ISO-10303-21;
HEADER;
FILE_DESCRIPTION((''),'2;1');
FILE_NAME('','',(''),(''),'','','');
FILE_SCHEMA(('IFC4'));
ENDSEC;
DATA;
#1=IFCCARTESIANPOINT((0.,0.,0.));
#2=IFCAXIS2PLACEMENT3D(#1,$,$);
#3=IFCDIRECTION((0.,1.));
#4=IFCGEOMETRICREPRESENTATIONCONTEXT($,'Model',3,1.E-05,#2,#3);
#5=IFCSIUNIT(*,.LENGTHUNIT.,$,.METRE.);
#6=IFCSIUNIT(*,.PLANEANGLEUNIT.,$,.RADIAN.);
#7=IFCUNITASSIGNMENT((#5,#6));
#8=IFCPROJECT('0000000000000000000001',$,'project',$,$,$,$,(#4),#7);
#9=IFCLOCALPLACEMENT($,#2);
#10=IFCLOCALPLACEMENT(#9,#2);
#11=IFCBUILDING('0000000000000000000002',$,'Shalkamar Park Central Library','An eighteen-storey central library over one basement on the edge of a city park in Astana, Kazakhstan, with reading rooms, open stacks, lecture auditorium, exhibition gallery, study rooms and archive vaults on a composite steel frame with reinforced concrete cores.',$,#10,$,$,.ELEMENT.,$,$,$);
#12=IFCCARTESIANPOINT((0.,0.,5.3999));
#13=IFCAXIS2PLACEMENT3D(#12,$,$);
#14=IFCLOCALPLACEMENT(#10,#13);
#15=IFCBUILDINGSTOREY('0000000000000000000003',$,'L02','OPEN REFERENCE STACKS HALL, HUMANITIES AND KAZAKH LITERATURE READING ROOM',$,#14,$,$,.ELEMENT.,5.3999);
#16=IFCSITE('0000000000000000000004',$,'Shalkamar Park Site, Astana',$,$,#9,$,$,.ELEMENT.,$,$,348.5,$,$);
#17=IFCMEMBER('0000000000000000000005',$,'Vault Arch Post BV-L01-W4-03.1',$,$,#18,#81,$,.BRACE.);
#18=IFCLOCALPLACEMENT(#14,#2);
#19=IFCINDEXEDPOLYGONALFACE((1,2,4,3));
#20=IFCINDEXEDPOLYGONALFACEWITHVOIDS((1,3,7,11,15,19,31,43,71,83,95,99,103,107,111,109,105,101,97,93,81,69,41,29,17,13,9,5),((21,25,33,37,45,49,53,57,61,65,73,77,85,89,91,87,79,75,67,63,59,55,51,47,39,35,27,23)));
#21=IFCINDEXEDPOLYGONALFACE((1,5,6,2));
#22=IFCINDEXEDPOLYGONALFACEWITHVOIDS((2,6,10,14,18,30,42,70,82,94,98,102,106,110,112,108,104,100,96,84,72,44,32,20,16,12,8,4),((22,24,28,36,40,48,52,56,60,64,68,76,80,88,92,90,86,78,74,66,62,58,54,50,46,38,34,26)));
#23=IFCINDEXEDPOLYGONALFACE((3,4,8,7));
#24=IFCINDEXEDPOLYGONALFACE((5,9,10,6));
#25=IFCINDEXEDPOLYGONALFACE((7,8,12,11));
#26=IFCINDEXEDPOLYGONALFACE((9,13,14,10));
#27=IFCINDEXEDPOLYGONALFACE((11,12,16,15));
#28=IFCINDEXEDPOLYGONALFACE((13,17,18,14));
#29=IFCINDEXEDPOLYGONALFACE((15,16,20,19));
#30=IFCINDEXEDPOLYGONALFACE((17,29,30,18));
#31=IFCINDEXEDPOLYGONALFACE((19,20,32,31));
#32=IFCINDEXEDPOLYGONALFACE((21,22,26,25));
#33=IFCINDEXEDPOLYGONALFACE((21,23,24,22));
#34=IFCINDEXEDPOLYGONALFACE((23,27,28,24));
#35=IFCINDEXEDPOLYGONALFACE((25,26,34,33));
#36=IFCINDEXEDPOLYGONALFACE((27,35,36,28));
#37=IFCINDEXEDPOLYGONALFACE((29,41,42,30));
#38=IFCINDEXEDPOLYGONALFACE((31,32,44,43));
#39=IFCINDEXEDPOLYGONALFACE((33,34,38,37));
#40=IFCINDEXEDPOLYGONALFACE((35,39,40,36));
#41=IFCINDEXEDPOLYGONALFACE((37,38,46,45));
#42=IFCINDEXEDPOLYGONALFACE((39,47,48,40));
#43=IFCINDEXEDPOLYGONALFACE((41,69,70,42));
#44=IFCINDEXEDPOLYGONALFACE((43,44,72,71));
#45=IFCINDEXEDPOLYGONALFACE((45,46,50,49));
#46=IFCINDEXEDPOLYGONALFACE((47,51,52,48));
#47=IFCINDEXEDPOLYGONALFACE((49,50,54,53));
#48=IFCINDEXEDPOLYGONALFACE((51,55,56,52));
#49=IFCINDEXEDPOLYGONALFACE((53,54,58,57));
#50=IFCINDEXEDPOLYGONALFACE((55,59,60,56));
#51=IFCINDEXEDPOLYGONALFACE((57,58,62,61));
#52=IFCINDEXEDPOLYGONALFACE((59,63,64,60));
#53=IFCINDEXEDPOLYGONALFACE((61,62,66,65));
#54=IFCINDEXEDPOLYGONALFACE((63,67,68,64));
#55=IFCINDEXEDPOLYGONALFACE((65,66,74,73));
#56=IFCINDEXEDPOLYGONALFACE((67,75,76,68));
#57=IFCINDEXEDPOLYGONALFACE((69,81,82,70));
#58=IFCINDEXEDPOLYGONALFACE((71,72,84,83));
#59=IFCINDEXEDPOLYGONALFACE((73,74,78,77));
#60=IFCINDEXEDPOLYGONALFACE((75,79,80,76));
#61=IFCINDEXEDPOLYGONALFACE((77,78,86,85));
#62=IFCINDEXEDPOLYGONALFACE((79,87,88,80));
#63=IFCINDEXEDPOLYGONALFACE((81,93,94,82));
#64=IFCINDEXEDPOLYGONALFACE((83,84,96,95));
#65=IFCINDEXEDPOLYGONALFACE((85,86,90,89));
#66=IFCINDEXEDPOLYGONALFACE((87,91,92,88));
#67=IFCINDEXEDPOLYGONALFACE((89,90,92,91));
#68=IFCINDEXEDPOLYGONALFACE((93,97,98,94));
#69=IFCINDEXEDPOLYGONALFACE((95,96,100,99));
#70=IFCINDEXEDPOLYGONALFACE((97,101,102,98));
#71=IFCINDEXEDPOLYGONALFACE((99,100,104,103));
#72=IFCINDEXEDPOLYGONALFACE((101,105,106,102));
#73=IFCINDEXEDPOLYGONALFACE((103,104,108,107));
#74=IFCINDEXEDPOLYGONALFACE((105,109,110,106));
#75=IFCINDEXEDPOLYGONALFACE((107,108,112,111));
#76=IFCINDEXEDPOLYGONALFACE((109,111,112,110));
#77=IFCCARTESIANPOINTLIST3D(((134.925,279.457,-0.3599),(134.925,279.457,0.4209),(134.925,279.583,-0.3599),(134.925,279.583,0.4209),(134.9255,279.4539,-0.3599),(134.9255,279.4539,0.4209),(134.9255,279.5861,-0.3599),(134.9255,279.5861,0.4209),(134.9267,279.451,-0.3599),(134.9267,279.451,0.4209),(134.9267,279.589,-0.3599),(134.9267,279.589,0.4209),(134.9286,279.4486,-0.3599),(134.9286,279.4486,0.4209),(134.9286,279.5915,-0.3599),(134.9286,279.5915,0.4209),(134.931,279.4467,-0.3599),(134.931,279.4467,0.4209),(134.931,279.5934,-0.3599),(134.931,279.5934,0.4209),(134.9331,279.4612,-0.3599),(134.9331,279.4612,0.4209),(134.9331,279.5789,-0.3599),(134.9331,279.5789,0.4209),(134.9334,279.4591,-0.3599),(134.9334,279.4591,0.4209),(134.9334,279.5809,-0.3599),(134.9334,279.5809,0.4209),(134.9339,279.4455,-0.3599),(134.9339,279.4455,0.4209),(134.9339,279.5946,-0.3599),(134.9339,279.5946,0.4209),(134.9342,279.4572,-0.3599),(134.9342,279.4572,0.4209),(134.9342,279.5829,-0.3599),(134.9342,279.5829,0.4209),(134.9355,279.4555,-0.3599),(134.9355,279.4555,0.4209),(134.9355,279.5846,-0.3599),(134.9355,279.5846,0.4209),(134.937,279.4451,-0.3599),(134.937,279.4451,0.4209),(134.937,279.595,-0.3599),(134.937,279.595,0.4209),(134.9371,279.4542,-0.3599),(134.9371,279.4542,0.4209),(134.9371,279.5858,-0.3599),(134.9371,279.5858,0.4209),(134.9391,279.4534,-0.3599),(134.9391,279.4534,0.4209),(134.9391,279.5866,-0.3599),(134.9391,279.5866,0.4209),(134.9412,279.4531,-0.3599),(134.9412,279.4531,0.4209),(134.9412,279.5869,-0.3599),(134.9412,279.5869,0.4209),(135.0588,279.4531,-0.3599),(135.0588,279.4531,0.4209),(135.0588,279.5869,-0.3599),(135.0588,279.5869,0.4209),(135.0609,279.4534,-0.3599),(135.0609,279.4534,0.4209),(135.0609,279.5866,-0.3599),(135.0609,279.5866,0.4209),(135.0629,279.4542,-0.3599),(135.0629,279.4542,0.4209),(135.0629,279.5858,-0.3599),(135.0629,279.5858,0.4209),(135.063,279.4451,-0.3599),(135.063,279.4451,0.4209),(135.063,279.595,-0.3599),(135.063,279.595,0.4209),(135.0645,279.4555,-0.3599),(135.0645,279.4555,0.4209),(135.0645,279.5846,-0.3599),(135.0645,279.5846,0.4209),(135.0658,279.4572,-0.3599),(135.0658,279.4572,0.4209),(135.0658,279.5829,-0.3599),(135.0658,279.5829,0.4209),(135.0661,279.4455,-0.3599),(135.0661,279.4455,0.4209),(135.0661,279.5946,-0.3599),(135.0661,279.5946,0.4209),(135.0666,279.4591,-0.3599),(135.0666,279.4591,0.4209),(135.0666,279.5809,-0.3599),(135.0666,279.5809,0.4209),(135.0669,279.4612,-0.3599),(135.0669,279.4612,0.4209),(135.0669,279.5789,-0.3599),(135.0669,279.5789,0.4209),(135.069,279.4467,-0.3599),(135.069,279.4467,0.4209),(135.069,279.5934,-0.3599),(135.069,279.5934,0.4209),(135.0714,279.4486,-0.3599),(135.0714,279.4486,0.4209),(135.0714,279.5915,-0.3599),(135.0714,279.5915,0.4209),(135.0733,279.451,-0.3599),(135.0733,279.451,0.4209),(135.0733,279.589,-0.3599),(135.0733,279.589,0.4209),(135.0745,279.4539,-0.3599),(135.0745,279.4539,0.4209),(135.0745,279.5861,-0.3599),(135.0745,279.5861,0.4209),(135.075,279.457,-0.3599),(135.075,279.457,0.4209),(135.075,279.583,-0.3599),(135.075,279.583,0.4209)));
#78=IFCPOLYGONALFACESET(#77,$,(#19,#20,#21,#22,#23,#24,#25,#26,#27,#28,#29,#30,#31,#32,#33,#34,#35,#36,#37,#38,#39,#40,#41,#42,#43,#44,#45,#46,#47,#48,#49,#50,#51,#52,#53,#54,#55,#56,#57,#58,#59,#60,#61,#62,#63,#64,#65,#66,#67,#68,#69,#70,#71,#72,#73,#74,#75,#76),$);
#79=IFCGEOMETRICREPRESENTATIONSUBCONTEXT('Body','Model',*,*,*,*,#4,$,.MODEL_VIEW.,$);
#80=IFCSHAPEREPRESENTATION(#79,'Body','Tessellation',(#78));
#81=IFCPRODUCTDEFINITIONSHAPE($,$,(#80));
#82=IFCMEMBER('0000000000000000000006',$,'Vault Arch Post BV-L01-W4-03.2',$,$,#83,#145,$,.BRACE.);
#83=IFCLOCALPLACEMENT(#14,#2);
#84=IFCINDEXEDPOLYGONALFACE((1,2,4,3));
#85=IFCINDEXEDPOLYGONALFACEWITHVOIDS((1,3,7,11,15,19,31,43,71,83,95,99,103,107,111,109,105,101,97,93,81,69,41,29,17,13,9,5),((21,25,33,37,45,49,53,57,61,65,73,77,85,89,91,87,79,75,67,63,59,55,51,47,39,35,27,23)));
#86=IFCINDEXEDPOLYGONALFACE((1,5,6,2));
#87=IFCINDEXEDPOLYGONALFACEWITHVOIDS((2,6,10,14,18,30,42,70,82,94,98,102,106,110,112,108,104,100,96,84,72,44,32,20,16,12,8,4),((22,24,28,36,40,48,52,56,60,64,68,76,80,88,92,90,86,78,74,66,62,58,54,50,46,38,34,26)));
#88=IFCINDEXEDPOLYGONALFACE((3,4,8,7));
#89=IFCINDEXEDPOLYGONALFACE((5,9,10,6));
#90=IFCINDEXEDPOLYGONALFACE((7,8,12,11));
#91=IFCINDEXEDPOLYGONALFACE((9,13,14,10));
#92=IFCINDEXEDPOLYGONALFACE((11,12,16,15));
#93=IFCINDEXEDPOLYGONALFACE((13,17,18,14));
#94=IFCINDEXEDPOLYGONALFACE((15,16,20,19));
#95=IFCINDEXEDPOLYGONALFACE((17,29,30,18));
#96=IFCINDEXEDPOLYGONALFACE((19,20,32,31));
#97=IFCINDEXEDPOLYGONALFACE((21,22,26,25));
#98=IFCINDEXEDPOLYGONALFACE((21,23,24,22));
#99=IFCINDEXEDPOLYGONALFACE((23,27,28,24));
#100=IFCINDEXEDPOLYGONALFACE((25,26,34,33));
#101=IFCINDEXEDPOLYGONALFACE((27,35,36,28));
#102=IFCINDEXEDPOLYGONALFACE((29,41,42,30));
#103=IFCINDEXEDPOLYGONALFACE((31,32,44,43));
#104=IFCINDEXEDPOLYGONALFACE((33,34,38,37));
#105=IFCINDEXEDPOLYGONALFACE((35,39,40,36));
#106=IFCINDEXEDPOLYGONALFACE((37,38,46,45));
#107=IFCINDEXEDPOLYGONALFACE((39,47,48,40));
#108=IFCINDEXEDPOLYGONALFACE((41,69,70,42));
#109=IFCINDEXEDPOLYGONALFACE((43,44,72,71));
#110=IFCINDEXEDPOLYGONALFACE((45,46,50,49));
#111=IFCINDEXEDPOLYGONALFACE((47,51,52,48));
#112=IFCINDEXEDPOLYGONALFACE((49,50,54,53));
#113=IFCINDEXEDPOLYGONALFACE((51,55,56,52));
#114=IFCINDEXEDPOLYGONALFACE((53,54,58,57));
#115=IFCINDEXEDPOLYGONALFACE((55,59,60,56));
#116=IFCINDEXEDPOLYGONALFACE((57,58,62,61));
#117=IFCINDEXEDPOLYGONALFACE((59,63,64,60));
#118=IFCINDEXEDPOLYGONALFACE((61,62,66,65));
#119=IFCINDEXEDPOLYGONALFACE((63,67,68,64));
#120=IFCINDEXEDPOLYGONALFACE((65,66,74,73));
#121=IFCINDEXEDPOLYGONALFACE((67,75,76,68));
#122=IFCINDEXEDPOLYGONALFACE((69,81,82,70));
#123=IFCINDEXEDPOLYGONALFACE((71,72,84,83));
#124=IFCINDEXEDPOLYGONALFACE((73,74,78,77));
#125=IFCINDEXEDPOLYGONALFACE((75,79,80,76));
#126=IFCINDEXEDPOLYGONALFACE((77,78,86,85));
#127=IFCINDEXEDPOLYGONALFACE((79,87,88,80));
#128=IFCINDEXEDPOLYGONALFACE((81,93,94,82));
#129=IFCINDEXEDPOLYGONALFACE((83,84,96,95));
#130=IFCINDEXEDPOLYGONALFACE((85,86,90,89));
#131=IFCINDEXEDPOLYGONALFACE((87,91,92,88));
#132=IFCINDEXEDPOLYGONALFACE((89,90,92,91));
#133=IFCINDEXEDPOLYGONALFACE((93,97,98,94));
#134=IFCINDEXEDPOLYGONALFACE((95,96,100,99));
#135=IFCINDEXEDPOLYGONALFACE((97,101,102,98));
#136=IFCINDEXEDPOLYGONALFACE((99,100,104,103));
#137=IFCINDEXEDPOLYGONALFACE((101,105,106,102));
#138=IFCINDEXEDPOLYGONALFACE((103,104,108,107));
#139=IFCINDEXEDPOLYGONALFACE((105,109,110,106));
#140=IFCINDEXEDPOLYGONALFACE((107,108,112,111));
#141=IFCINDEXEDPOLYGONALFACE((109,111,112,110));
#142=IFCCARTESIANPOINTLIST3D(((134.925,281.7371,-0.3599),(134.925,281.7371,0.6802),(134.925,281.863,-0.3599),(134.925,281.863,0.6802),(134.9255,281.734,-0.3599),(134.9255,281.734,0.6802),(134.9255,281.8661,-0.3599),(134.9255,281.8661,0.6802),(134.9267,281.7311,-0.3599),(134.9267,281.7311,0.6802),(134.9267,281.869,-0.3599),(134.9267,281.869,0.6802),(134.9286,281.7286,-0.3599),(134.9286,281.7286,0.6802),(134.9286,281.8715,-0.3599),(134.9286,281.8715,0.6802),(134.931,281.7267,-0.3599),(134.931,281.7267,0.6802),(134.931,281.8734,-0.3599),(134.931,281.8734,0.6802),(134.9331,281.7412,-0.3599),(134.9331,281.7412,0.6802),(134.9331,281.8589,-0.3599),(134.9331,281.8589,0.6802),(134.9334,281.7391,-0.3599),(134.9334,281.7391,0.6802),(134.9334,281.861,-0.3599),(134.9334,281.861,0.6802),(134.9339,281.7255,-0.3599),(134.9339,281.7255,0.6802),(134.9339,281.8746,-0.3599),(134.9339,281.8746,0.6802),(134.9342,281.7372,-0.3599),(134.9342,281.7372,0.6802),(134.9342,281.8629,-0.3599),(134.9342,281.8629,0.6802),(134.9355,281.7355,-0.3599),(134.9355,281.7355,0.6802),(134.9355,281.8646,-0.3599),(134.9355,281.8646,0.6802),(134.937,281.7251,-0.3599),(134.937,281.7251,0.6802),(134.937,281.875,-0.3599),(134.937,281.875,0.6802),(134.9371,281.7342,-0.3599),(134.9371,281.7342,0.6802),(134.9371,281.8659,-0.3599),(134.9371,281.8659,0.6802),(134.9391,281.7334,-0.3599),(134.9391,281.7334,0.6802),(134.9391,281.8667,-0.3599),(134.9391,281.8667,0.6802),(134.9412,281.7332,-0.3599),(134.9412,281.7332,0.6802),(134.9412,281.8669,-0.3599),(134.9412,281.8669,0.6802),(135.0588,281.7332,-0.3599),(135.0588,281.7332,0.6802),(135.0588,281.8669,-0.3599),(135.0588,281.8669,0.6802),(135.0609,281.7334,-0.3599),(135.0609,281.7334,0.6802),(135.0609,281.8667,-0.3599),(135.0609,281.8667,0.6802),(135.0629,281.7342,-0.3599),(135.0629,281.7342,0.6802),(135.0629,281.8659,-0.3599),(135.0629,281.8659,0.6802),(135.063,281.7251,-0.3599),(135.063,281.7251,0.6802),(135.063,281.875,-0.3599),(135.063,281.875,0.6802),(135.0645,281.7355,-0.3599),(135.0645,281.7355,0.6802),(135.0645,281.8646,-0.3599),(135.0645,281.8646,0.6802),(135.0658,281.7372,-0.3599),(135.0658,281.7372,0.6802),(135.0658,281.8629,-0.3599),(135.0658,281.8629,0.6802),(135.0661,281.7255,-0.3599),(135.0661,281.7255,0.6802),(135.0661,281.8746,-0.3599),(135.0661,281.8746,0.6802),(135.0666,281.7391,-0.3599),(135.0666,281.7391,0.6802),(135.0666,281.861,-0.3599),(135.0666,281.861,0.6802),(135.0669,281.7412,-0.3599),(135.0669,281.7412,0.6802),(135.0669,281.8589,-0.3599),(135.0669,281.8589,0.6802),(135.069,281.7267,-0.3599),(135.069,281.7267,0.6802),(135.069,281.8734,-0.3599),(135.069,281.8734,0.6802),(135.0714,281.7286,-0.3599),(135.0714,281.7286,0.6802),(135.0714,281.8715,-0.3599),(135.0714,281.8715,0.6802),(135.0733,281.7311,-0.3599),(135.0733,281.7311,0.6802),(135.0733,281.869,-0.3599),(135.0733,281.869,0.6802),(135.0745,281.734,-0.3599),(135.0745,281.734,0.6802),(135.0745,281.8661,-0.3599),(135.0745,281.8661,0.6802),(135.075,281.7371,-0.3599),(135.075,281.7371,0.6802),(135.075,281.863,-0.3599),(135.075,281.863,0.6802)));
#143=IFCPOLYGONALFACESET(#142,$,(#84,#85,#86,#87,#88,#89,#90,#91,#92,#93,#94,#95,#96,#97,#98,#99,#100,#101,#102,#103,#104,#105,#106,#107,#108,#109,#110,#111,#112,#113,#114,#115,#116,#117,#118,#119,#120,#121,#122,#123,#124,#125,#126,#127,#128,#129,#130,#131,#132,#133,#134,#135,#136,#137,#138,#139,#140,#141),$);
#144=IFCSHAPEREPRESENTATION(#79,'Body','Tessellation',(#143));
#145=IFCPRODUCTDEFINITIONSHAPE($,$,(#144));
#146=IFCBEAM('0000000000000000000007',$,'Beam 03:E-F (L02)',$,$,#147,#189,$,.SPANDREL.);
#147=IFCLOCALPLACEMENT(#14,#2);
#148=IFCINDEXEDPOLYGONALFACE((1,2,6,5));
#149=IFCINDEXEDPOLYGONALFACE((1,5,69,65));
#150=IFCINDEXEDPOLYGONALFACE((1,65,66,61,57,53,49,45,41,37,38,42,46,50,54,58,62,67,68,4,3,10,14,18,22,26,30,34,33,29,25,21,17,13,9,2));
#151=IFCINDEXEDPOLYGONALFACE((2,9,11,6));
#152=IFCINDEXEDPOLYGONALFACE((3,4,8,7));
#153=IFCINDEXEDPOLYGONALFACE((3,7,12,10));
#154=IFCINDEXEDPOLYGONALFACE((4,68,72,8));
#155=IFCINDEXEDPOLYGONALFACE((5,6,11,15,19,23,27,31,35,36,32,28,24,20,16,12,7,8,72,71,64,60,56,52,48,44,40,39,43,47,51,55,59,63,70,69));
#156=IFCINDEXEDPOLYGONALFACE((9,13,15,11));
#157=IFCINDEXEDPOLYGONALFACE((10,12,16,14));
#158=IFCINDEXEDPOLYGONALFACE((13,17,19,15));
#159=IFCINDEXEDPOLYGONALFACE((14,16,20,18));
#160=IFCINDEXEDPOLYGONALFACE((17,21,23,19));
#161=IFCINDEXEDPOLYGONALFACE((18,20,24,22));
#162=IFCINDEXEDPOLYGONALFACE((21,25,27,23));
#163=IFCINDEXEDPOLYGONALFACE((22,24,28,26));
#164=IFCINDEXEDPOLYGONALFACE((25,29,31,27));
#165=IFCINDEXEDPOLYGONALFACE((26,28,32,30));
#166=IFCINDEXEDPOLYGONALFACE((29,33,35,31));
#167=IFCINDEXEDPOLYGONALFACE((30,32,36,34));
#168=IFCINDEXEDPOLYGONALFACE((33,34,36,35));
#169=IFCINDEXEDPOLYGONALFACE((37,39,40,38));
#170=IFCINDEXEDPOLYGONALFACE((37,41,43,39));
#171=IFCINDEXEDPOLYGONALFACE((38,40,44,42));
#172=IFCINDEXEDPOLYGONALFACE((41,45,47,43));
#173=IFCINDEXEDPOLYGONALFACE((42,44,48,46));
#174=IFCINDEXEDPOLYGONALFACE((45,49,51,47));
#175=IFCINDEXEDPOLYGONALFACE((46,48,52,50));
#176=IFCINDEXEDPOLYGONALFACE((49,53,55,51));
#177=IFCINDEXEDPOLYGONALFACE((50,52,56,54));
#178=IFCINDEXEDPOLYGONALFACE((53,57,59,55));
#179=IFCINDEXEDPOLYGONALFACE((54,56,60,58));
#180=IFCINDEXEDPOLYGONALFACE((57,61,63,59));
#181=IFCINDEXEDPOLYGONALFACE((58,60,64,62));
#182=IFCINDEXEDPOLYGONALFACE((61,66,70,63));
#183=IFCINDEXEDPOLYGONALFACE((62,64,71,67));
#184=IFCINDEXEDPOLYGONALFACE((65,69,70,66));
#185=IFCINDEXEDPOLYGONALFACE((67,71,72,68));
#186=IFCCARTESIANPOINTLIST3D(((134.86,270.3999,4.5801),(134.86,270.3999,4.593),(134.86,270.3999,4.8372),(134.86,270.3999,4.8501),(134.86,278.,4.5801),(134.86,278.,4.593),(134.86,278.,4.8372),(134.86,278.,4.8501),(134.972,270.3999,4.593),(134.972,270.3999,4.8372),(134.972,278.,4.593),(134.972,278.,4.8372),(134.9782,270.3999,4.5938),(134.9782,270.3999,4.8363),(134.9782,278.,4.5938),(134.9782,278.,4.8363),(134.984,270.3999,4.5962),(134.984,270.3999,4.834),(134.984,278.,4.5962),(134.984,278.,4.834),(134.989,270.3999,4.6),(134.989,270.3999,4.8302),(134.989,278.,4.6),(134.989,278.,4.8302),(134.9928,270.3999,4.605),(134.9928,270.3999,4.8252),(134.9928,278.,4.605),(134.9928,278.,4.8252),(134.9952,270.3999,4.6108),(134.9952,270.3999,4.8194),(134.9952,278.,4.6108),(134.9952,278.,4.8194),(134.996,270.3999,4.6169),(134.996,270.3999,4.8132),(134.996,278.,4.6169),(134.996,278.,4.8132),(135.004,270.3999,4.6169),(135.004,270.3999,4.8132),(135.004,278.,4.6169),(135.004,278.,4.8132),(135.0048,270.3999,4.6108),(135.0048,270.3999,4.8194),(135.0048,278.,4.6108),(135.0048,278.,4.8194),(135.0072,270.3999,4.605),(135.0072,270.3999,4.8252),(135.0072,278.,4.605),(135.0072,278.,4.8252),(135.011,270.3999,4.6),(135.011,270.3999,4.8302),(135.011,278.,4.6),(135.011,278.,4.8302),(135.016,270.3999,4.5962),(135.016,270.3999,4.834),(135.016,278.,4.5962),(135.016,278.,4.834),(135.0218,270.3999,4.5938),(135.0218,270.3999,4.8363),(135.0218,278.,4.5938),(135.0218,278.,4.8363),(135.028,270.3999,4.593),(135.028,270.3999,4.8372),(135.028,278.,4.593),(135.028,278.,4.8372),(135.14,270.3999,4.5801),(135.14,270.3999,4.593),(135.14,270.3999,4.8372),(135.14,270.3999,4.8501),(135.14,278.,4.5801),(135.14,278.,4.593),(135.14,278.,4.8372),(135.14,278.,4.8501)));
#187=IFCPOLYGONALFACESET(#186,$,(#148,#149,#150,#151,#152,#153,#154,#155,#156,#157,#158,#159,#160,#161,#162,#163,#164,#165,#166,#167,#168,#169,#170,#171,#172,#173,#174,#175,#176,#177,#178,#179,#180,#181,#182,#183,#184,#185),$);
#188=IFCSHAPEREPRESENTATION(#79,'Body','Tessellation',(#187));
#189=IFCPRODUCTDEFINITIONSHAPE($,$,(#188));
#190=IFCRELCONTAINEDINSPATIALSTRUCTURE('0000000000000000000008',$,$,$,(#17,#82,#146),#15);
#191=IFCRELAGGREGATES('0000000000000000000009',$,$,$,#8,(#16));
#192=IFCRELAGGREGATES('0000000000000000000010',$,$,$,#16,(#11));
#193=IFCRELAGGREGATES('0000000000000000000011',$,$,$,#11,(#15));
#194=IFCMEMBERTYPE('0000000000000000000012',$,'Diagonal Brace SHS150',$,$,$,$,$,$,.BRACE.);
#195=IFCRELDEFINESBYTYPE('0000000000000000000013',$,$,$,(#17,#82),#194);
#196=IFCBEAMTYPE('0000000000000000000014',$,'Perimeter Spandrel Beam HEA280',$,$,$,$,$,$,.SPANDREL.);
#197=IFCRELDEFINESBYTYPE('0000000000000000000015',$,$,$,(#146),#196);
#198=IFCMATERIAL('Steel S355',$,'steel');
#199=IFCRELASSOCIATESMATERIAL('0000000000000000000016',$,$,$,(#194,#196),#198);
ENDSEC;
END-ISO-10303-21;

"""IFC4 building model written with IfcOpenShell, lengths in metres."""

from ifc_helpers import new_model, si_unit, direction, frame, origin, origin_2d, place, context, subcontext, project, spatial, hollow_rectangle, i_section, extrude, material, material_profile, profile_set, type_object, element, save


model = new_model("IFC4")

# Units and contexts
model_context = context("Model", 3, precision=1e-05, world=origin(), true_north=direction((0.0, 1.0)))
body_context = subcontext(model_context, "Body", "Model", "MODEL_VIEW")
ifc_project = project(units=[si_unit("LENGTHUNIT", "METRE"), si_unit("PLANEANGLEUNIT", "RADIAN")], contexts=[model_context])

# Site, building, storey
site_placement = place(None, origin())
site = spatial("IfcSite", under=ifc_project, at=site_placement, Name="Shalkamar Park Site, Astana", CompositionType="ELEMENT", RefElevation=348.5)
building_placement = place(site_placement, origin())
building = spatial("IfcBuilding", under=site, at=building_placement, Name="Shalkamar Park Central Library", Description="An eighteen-storey central library over one basement on the edge of a city park in Astana, Kazakhstan, with reading rooms, open stacks, lecture auditorium, exhibition gallery, study rooms and archive vaults on a composite steel frame with reinforced concrete cores.", CompositionType="ELEMENT")
storey_placement = place(building_placement, frame((0.0, 0.0, 5.3999)))
storey = spatial("IfcBuildingStorey", under=building, at=storey_placement, Name="L02", Description="OPEN REFERENCE STACKS HALL, HUMANITIES AND KAZAKH LITERATURE READING ROOM", CompositionType="ELEMENT", Elevation=5.3999)

# Shared definitions
ifc_material_1 = material(Name="Steel S355", Category="steel")

# Members
ifc_material_profile_1 = material_profile(ifc_material_1, hollow_rectangle(XDim=0.1499, YDim=0.1499, WallThickness=0.0081, InnerFilletRadius=0.0081, OuterFilletRadius=0.012, at=origin_2d()), Name="SHS 150x150x8")
ifc_profile_set_1 = profile_set([ifc_material_profile_1], Name="Steel S355")
member_type_1 = type_object("IfcMemberType", Name="Diagonal Brace SHS150", PredefinedType="BRACE", material=ifc_profile_set_1)
member_1_placement = place(storey_placement, frame((135.0, 279.52, -0.3599), z_axis=(0.0, 0.0, 1.0), x_axis=(1.0, 0.0, 0.0)))
element("IfcMember", 1, at=member_1_placement, inside=storey, type_object=member_type_1, Name="Vault Arch Post BV-L01-W4-03.1", PredefinedType="BRACE", context=body_context, shape_type="SweptSolid", body=[
    extrude(hollow_rectangle(XDim=0.1499, YDim=0.1499, WallThickness=0.0081, InnerFilletRadius=0.0081, OuterFilletRadius=0.012, at=origin_2d()), origin(), (0.0, 0.0, 1.0), 0.7808),
])
member_2_placement = place(storey_placement, frame((135.0, 281.8, -0.3599), z_axis=(0.0, 0.0, 1.0), x_axis=(1.0, 0.0, 0.0)))
element("IfcMember", 2, at=member_2_placement, inside=storey, type_object=member_type_1, Name="Vault Arch Post BV-L01-W4-03.2", PredefinedType="BRACE", context=body_context, shape_type="SweptSolid", body=[
    extrude(hollow_rectangle(XDim=0.1499, YDim=0.1499, WallThickness=0.0081, InnerFilletRadius=0.0081, OuterFilletRadius=0.012, at=origin_2d()), origin(), (0.0, 0.0, 1.0), 1.04),
])

# Beam
ifc_material_profile_2 = material_profile(ifc_material_1, i_section(OverallWidth=0.28, OverallDepth=0.27, WebThickness=0.0081, FlangeThickness=0.0129, FilletRadius=0.0239, at=origin_2d()), Name="HEA 280")
ifc_profile_set_2 = profile_set([ifc_material_profile_2], Name="Steel S355")
beam_type_1 = type_object("IfcBeamType", Name="Perimeter Spandrel Beam HEA280", PredefinedType="SPANDREL", material=ifc_profile_set_2)
for number, where, z_axis, x_axis, name in (
    (3, (135.0, 270.3999, 4.7151), (0.0, 1.0, 0.0), (-1.0, 0.0, 0.0), "Beam 03:E-F (L02)"),
):
    element("IfcBeam", number, at=place(storey_placement, frame(where, z_axis=z_axis, x_axis=x_axis)), inside=storey, type_object=beam_type_1, Name=name, PredefinedType="SPANDREL", context=body_context, shape_type="SweptSolid", body=[
        extrude(i_section(OverallWidth=0.28, OverallDepth=0.27, WebThickness=0.0081, FlangeThickness=0.0129, FilletRadius=0.0239, at=origin_2d()), origin(), (0.0, 0.0, 1.0), 7.6001),
    ])

save(model, "model.ifc")
